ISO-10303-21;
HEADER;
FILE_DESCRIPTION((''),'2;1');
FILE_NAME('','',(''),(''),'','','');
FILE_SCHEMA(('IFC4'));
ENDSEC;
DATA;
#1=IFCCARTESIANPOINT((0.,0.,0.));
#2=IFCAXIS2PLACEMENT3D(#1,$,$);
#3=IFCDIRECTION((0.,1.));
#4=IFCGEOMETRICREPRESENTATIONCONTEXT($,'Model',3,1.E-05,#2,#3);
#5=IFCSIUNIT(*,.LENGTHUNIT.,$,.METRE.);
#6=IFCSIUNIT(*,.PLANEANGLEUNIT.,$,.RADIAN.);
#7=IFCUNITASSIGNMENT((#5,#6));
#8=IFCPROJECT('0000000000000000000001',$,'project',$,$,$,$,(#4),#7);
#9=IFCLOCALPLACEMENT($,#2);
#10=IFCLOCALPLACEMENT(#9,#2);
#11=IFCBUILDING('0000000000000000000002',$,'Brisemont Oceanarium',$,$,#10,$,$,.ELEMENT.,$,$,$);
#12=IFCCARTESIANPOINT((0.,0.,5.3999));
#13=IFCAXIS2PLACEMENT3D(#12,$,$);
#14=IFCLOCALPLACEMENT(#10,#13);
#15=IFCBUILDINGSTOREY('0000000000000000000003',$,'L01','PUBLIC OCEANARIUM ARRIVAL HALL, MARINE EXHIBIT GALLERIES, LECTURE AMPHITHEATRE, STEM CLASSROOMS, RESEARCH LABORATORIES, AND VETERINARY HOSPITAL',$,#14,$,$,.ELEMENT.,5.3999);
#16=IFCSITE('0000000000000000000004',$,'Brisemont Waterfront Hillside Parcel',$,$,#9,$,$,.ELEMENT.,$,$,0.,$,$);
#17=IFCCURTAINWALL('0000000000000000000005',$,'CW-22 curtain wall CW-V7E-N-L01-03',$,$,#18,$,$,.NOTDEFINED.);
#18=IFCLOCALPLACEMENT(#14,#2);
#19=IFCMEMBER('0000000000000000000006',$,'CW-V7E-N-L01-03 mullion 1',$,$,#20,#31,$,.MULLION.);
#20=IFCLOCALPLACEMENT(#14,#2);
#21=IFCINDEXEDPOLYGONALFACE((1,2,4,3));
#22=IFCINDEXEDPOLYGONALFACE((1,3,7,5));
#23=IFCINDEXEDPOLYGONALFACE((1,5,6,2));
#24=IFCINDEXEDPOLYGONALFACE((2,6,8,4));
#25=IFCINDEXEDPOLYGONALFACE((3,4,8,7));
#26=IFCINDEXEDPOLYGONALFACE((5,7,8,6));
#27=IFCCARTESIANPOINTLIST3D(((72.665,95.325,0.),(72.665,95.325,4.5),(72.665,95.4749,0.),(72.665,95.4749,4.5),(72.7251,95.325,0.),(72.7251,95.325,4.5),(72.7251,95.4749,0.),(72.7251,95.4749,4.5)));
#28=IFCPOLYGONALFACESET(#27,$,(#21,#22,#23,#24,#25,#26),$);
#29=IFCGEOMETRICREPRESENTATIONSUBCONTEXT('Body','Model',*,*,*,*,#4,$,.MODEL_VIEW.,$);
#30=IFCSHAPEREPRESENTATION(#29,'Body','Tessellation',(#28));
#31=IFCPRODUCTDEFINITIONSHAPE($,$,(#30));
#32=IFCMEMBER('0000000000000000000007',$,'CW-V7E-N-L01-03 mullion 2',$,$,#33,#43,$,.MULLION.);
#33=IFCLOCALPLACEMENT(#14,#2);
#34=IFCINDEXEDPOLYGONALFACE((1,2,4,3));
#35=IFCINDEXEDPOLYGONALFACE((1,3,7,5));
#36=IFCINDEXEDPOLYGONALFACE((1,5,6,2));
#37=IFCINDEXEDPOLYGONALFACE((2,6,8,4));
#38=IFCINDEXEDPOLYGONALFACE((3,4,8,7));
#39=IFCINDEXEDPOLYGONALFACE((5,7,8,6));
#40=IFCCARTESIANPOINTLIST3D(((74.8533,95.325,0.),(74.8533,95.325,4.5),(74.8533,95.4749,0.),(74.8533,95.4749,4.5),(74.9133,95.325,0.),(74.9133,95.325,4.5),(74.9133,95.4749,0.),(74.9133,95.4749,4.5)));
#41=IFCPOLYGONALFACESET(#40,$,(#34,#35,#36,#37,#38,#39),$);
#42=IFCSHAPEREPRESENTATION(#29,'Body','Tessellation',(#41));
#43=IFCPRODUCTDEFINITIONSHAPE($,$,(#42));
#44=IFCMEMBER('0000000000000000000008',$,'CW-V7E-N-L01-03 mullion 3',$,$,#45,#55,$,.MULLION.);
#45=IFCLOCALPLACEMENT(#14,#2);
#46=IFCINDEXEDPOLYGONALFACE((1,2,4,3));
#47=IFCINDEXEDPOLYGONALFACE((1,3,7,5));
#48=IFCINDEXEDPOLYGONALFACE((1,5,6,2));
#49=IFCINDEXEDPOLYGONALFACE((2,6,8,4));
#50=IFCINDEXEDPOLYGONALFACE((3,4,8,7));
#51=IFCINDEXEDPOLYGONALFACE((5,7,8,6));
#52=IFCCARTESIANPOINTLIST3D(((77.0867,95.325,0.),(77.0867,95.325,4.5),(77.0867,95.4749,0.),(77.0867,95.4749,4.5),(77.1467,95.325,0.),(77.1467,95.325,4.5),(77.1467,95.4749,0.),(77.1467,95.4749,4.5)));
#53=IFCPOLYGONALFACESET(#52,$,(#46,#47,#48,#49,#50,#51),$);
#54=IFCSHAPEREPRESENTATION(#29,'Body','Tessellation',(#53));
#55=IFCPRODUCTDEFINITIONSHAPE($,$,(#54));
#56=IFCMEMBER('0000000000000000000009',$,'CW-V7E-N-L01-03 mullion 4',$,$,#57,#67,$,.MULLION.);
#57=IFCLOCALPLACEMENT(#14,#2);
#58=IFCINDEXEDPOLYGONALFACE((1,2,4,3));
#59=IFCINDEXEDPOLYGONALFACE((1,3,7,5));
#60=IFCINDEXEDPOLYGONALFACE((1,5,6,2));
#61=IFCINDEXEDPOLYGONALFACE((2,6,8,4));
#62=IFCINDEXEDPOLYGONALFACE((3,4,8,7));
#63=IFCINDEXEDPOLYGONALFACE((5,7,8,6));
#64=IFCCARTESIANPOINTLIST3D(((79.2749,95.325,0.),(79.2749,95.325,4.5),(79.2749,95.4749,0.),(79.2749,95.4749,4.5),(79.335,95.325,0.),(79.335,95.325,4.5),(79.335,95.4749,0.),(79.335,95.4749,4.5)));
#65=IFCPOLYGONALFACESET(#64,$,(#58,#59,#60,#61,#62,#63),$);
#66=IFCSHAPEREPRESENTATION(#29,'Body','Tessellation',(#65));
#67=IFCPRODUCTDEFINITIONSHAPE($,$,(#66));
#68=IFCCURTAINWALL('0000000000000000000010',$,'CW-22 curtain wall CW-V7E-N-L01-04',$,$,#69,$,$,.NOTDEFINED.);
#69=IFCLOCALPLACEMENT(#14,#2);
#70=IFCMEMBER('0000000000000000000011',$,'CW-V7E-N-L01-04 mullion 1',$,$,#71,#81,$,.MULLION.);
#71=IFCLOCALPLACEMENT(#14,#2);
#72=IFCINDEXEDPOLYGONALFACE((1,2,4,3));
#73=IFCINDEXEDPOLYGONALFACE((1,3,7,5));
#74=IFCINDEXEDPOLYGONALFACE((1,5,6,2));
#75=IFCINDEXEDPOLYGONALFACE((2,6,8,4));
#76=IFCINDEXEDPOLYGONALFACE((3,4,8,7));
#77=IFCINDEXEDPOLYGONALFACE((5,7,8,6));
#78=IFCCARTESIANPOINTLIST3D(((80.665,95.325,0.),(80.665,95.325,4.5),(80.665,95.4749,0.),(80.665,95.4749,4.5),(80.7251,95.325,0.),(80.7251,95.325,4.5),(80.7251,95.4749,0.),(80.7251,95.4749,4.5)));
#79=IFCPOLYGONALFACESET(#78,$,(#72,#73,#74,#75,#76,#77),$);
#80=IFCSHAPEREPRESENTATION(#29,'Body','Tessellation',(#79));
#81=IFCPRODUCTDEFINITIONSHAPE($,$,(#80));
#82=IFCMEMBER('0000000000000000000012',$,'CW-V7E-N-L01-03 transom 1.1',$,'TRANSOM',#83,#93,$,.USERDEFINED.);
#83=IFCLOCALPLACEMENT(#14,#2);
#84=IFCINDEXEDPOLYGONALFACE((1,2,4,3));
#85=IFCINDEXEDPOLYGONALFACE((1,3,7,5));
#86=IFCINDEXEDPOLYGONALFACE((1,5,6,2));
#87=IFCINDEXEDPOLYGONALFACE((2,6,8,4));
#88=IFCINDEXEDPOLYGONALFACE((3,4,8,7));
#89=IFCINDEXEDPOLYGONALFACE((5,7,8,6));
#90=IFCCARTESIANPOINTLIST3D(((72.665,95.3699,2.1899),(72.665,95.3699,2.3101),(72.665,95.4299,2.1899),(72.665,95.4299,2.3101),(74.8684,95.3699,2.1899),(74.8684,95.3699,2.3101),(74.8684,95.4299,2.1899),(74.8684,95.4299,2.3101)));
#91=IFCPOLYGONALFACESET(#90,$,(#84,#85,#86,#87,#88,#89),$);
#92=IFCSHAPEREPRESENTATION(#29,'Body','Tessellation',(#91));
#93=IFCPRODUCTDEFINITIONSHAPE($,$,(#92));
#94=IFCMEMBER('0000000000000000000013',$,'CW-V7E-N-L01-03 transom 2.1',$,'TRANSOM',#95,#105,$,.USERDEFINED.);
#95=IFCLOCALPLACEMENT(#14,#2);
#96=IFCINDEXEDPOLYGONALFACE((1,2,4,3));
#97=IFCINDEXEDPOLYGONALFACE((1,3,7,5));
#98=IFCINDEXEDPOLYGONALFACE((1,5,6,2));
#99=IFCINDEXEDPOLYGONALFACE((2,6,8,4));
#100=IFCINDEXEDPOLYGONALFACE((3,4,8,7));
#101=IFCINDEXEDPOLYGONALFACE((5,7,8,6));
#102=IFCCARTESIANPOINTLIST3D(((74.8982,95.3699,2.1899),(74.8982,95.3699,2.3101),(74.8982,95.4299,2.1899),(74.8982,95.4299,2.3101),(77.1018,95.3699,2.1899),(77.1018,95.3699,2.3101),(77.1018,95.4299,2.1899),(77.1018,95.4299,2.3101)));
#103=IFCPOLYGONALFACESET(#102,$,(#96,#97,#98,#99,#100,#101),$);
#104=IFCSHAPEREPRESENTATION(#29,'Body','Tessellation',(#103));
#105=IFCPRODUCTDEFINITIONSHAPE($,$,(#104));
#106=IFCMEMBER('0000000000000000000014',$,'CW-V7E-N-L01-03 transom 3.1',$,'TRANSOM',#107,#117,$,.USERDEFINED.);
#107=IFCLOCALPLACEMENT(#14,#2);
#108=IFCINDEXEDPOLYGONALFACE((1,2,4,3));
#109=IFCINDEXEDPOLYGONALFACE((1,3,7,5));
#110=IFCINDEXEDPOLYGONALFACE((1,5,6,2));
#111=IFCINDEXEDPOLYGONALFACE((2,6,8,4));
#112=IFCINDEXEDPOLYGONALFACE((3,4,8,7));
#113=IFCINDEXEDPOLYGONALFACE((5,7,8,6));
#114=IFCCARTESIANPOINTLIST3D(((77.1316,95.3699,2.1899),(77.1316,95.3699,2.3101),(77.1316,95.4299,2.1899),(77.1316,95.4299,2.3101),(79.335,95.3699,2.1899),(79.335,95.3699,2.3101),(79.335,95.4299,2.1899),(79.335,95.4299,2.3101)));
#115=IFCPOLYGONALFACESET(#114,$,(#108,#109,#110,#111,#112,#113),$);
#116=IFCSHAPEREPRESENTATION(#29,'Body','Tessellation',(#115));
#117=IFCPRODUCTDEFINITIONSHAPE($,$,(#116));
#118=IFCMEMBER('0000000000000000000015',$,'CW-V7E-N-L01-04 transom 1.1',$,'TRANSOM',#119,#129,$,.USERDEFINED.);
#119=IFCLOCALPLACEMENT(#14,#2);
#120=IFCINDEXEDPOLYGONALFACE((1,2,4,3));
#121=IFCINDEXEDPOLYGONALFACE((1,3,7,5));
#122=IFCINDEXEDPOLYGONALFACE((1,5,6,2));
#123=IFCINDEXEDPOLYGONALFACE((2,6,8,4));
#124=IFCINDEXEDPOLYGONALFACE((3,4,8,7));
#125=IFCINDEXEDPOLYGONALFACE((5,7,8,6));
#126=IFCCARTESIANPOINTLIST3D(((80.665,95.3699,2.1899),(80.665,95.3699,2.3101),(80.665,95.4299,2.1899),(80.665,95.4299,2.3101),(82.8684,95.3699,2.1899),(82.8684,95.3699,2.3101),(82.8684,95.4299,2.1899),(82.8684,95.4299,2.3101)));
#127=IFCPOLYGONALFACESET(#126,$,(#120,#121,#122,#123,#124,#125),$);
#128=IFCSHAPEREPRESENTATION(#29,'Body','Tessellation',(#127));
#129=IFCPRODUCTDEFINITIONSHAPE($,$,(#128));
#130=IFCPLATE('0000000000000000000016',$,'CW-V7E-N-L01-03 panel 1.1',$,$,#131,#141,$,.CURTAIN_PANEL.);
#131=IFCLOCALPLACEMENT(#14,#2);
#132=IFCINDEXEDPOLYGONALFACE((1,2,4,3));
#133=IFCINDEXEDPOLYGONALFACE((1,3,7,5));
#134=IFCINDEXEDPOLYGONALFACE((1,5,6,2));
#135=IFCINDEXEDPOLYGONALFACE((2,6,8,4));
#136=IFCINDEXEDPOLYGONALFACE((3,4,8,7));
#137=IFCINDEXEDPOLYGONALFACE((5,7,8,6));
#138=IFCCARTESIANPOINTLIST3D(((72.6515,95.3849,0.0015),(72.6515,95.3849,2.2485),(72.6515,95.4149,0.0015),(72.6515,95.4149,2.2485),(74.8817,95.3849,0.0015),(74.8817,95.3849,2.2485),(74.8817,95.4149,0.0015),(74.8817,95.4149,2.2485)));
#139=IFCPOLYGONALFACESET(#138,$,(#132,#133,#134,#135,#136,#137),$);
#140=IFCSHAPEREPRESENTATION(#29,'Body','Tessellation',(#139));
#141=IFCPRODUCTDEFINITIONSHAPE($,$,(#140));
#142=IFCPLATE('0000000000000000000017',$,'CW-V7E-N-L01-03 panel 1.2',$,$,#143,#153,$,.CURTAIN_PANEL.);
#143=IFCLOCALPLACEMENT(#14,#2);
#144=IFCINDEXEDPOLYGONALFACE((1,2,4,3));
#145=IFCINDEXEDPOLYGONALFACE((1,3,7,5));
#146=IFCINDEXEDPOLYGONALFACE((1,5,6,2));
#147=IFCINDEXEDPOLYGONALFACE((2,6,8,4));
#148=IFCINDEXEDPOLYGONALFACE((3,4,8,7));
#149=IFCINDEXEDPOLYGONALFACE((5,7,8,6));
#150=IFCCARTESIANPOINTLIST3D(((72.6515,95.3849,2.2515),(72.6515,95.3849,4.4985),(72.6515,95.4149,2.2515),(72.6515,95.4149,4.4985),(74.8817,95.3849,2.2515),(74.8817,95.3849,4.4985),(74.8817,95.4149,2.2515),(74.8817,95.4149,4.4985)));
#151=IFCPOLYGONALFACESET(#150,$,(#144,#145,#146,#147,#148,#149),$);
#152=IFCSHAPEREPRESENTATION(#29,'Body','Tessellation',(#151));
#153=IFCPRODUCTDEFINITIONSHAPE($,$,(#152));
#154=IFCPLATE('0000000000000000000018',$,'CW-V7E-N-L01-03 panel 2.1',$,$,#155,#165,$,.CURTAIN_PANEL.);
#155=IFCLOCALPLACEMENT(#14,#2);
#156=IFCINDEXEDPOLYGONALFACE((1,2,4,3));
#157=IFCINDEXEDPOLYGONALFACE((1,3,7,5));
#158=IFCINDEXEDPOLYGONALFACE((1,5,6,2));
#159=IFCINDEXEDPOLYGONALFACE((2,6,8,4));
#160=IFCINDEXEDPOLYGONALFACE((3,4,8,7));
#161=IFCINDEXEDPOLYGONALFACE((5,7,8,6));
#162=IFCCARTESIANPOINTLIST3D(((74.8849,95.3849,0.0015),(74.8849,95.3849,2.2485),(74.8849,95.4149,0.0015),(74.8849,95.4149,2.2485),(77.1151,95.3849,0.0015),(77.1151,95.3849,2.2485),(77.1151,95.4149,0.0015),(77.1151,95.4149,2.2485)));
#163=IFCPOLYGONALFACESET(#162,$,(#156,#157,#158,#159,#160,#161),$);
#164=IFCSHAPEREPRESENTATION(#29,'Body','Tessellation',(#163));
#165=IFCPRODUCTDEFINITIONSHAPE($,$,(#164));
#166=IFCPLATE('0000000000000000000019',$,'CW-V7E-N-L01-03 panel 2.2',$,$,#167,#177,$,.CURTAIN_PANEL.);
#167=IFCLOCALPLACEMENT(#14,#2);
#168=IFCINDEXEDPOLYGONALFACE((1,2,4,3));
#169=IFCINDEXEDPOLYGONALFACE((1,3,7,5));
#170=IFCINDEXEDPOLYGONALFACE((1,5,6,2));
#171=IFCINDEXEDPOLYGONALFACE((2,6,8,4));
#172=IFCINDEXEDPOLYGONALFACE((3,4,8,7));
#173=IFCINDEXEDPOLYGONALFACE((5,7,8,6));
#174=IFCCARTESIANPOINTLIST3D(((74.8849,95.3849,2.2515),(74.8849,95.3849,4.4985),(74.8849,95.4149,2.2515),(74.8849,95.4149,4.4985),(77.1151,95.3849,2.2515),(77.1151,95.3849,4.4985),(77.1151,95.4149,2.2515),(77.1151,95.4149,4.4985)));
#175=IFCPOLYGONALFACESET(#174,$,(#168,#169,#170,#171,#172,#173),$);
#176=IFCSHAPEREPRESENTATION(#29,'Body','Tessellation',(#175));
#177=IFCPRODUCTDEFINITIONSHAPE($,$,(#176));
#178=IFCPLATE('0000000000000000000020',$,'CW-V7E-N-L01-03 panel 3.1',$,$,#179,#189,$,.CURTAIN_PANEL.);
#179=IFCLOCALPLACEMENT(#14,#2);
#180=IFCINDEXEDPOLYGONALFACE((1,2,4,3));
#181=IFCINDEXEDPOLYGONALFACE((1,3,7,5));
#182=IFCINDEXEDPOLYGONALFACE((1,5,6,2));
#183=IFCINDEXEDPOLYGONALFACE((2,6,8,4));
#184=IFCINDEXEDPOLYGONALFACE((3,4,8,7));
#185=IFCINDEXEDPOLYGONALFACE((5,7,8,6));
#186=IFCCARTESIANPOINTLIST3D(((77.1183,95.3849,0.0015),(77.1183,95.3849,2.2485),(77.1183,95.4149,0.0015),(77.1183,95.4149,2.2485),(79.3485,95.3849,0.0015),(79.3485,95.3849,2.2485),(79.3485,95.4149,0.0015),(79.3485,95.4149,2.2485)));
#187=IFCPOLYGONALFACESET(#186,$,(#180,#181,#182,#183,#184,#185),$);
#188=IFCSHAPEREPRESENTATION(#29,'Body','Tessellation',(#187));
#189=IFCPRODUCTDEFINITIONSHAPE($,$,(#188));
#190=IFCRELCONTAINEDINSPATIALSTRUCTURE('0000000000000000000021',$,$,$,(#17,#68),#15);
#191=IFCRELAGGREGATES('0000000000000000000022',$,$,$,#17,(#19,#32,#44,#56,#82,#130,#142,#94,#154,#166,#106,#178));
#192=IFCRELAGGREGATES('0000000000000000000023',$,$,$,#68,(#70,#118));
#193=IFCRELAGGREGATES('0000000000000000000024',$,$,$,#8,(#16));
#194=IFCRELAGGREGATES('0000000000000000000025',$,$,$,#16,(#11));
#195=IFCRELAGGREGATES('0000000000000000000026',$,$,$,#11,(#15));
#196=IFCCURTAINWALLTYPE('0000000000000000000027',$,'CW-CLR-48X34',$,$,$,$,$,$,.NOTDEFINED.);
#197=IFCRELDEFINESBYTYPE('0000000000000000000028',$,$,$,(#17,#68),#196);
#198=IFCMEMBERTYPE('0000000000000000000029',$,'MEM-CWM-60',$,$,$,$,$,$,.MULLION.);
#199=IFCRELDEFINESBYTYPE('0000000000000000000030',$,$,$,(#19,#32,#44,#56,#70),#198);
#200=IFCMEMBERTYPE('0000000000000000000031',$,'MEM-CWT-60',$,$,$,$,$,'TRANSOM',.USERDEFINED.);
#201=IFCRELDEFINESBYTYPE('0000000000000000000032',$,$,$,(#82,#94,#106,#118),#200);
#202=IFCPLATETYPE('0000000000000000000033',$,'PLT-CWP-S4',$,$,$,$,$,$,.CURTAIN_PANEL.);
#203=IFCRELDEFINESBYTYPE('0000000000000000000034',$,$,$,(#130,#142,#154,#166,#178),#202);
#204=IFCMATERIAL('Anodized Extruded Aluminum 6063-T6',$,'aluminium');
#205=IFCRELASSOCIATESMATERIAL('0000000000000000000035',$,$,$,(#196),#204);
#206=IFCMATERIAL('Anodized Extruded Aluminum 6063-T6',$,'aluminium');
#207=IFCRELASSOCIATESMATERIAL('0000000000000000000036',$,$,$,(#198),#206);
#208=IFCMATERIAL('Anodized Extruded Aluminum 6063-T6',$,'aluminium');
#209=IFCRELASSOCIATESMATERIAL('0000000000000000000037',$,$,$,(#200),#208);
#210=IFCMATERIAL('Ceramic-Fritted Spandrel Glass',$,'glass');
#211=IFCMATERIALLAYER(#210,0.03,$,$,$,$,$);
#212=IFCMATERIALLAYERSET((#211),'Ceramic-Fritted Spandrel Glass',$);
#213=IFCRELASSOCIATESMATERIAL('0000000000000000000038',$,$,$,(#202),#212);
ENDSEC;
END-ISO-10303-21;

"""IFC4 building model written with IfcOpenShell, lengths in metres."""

from ifc_helpers import new_model, si_unit, direction, frame, origin, origin_2d, place, context, subcontext, project, spatial, rectangle, extrude, material, layer, layer_set, material_profile, profile_set, type_object, element, aggregate, save


model = new_model("IFC4")

# Units and contexts
model_context = context("Model", 3, precision=1e-05, world=origin(), true_north=direction((0.0, 1.0)))
body_context = subcontext(model_context, "Body", "Model", "MODEL_VIEW")
ifc_project = project(units=[si_unit("LENGTHUNIT", "METRE"), si_unit("PLANEANGLEUNIT", "RADIAN")], contexts=[model_context])

# Site, building, storey
site_placement = place(None, origin())
site = spatial("IfcSite", under=ifc_project, at=site_placement, Name="Brisemont Waterfront Hillside Parcel", CompositionType="ELEMENT", RefElevation=0.0)
building_placement = place(site_placement, origin())
building = spatial("IfcBuilding", under=site, at=building_placement, Name="Brisemont Oceanarium", CompositionType="ELEMENT")
storey_placement = place(building_placement, frame((0.0, 0.0, 5.3999)))
storey = spatial("IfcBuildingStorey", under=building, at=storey_placement, Name="L01", Description="PUBLIC OCEANARIUM ARRIVAL HALL, MARINE EXHIBIT GALLERIES, LECTURE AMPHITHEATRE, STEM CLASSROOMS, RESEARCH LABORATORIES, AND VETERINARY HOSPITAL", CompositionType="ELEMENT", Elevation=5.3999)

# Curtain wall, members
ifc_material_1 = material(Name="Anodized Extruded Aluminum 6063-T6", Category="aluminium")
curtain_wall_type = type_object("IfcCurtainWallType", Name="CW-CLR-48X34", PredefinedType="NOTDEFINED", material=ifc_material_1)
curtain_wall_1_placement = place(storey_placement, origin())
curtain_wall_1 = element("IfcCurtainWall", 1, at=curtain_wall_1_placement, inside=storey, type_object=curtain_wall_type, Name="CW-22 curtain wall CW-V7E-N-L01-03", PredefinedType="NOTDEFINED")
ifc_material_2 = material(Name="Anodized Extruded Aluminum 6063-T6", Category="aluminium")
ifc_material_profile_1 = material_profile(ifc_material_2, rectangle(XDim=0.0601, YDim=0.1499, at=origin_2d()), Name="CWM-60X150")
ifc_profile_set_1 = profile_set([ifc_material_profile_1], Name="Anodized Extruded Aluminum 6063-T6")
member_type_1 = type_object("IfcMemberType", Name="MEM-CWM-60", PredefinedType="MULLION", material=ifc_profile_set_1)
member_1_placement = place(storey_placement, frame((72.6951, 95.3999, 0.0), z_axis=(0.0, 0.0, 1.0), x_axis=(1.0, 0.0, 0.0)))
member_1 = element("IfcMember", 2, at=member_1_placement, type_object=member_type_1, Name="CW-V7E-N-L01-03 mullion 1", PredefinedType="MULLION", context=body_context, shape_type="SweptSolid", body=[
    extrude(rectangle(XDim=0.0601, YDim=0.1499, at=origin_2d()), origin(), (0.0, 0.0, 1.0), 4.5),
])
member_2_placement = place(storey_placement, frame((74.8833, 95.3999, 0.0), z_axis=(0.0, 0.0, 1.0), x_axis=(1.0, 0.0, 0.0)))
member_2 = element("IfcMember", 3, at=member_2_placement, type_object=member_type_1, Name="CW-V7E-N-L01-03 mullion 2", PredefinedType="MULLION", context=body_context, shape_type="SweptSolid", body=[
    extrude(rectangle(XDim=0.0601, YDim=0.1499, at=origin_2d()), origin(), (0.0, 0.0, 1.0), 4.5),
])
member_3_placement = place(storey_placement, frame((77.1167, 95.3999, 0.0), z_axis=(0.0, 0.0, 1.0), x_axis=(1.0, 0.0, 0.0)))
member_3 = element("IfcMember", 4, at=member_3_placement, type_object=member_type_1, Name="CW-V7E-N-L01-03 mullion 3", PredefinedType="MULLION", context=body_context, shape_type="SweptSolid", body=[
    extrude(rectangle(XDim=0.0601, YDim=0.1499, at=origin_2d()), origin(), (0.0, 0.0, 1.0), 4.5),
])
member_4_placement = place(storey_placement, frame((79.3049, 95.3999, 0.0), z_axis=(0.0, 0.0, 1.0), x_axis=(1.0, 0.0, 0.0)))
member_4 = element("IfcMember", 5, at=member_4_placement, type_object=member_type_1, Name="CW-V7E-N-L01-03 mullion 4", PredefinedType="MULLION", context=body_context, shape_type="SweptSolid", body=[
    extrude(rectangle(XDim=0.0601, YDim=0.1499, at=origin_2d()), origin(), (0.0, 0.0, 1.0), 4.5),
])

# Curtain wall, member
curtain_wall_2_placement = place(storey_placement, origin())
curtain_wall_2 = element("IfcCurtainWall", 6, at=curtain_wall_2_placement, inside=storey, type_object=curtain_wall_type, Name="CW-22 curtain wall CW-V7E-N-L01-04", PredefinedType="NOTDEFINED")
member_5_placement = place(storey_placement, frame((80.6951, 95.3999, 0.0), z_axis=(0.0, 0.0, 1.0), x_axis=(1.0, 0.0, 0.0)))
member_5 = element("IfcMember", 7, at=member_5_placement, type_object=member_type_1, Name="CW-V7E-N-L01-04 mullion 1", PredefinedType="MULLION", context=body_context, shape_type="SweptSolid", body=[
    extrude(rectangle(XDim=0.0601, YDim=0.1499, at=origin_2d()), origin(), (0.0, 0.0, 1.0), 4.5),
])

# Members
ifc_material_3 = material(Name="Anodized Extruded Aluminum 6063-T6", Category="aluminium")
ifc_material_profile_2 = material_profile(ifc_material_3, rectangle(XDim=0.0601, YDim=0.1201, at=origin_2d()), Name="CWT-60X120")
ifc_profile_set_2 = profile_set([ifc_material_profile_2], Name="Anodized Extruded Aluminum 6063-T6")
member_type_2 = type_object("IfcMemberType", Name="MEM-CWT-60", ElementType="TRANSOM", PredefinedType="USERDEFINED", material=ifc_profile_set_2)
member_6_placement = place(storey_placement, frame((72.665, 95.3999, 2.25), z_axis=(1.0, 0.0, 0.0), x_axis=(0.0, 1.0, 0.0)))
member_6 = element("IfcMember", 8, at=member_6_placement, type_object=member_type_2, Name="CW-V7E-N-L01-03 transom 1.1", ObjectType="TRANSOM", PredefinedType="USERDEFINED", context=body_context, shape_type="SweptSolid", body=[
    extrude(rectangle(XDim=0.0601, YDim=0.1201, at=origin_2d()), origin(), (0.0, 0.0, 1.0), 2.2034),
])
member_7_placement = place(storey_placement, frame((74.8982, 95.3999, 2.25), z_axis=(1.0, 0.0, 0.0), x_axis=(0.0, 1.0, 0.0)))
member_7 = element("IfcMember", 9, at=member_7_placement, type_object=member_type_2, Name="CW-V7E-N-L01-03 transom 2.1", ObjectType="TRANSOM", PredefinedType="USERDEFINED", context=body_context, shape_type="SweptSolid", body=[
    extrude(rectangle(XDim=0.0601, YDim=0.1201, at=origin_2d()), origin(), (0.0, 0.0, 1.0), 2.2036),
])
member_8_placement = place(storey_placement, frame((77.1316, 95.3999, 2.25), z_axis=(1.0, 0.0, 0.0), x_axis=(0.0, 1.0, 0.0)))
member_8 = element("IfcMember", 10, at=member_8_placement, type_object=member_type_2, Name="CW-V7E-N-L01-03 transom 3.1", ObjectType="TRANSOM", PredefinedType="USERDEFINED", context=body_context, shape_type="SweptSolid", body=[
    extrude(rectangle(XDim=0.0601, YDim=0.1201, at=origin_2d()), origin(), (0.0, 0.0, 1.0), 2.2034),
])
member_9_placement = place(storey_placement, frame((80.665, 95.3999, 2.25), z_axis=(1.0, 0.0, 0.0), x_axis=(0.0, 1.0, 0.0)))
member_9 = element("IfcMember", 11, at=member_9_placement, type_object=member_type_2, Name="CW-V7E-N-L01-04 transom 1.1", ObjectType="TRANSOM", PredefinedType="USERDEFINED", context=body_context, shape_type="SweptSolid", body=[
    extrude(rectangle(XDim=0.0601, YDim=0.1201, at=origin_2d()), origin(), (0.0, 0.0, 1.0), 2.2034),
])

# Plates
ifc_material_4 = material(Name="Ceramic-Fritted Spandrel Glass", Category="glass")
ifc_layer_1 = layer(ifc_material_4, 0.03)
ifc_layer_set_1 = layer_set([ifc_layer_1], Name="Ceramic-Fritted Spandrel Glass")
plate_type = type_object("IfcPlateType", Name="PLT-CWP-S4", PredefinedType="CURTAIN_PANEL", material=ifc_layer_set_1)
plate_1_placement = place(storey_placement, frame((73.7666, 95.3999, 0.0015), z_axis=(0.0, 0.0, 1.0), x_axis=(1.0, 0.0, 0.0)))
plate_1 = element("IfcPlate", 12, at=plate_1_placement, type_object=plate_type, Name="CW-V7E-N-L01-03 panel 1.1", PredefinedType="CURTAIN_PANEL", context=body_context, shape_type="SweptSolid", body=[
    extrude(rectangle(XDim=2.2302, YDim=0.03, at=origin_2d()), origin(), (0.0, 0.0, 1.0), 2.2471),
])
plate_2_placement = place(storey_placement, frame((73.7666, 95.3999, 2.2515), z_axis=(0.0, 0.0, 1.0), x_axis=(1.0, 0.0, 0.0)))
plate_2 = element("IfcPlate", 13, at=plate_2_placement, type_object=plate_type, Name="CW-V7E-N-L01-03 panel 1.2", PredefinedType="CURTAIN_PANEL", context=body_context, shape_type="SweptSolid", body=[
    extrude(rectangle(XDim=2.2302, YDim=0.03, at=origin_2d()), origin(), (0.0, 0.0, 1.0), 2.2471),
])
plate_3_placement = place(storey_placement, frame((76.0, 95.3999, 0.0015), z_axis=(0.0, 0.0, 1.0), x_axis=(1.0, 0.0, 0.0)))
plate_3 = element("IfcPlate", 14, at=plate_3_placement, type_object=plate_type, Name="CW-V7E-N-L01-03 panel 2.1", PredefinedType="CURTAIN_PANEL", context=body_context, shape_type="SweptSolid", body=[
    extrude(rectangle(XDim=2.2302, YDim=0.03, at=origin_2d()), origin(), (0.0, 0.0, 1.0), 2.2471),
])
plate_4_placement = place(storey_placement, frame((76.0, 95.3999, 2.2515), z_axis=(0.0, 0.0, 1.0), x_axis=(1.0, 0.0, 0.0)))
plate_4 = element("IfcPlate", 15, at=plate_4_placement, type_object=plate_type, Name="CW-V7E-N-L01-03 panel 2.2", PredefinedType="CURTAIN_PANEL", context=body_context, shape_type="SweptSolid", body=[
    extrude(rectangle(XDim=2.2302, YDim=0.03, at=origin_2d()), origin(), (0.0, 0.0, 1.0), 2.2471),
])
plate_5_placement = place(storey_placement, frame((78.2334, 95.3999, 0.0015), z_axis=(0.0, 0.0, 1.0), x_axis=(1.0, 0.0, 0.0)))
plate_5 = element("IfcPlate", 16, at=plate_5_placement, type_object=plate_type, Name="CW-V7E-N-L01-03 panel 3.1", PredefinedType="CURTAIN_PANEL", context=body_context, shape_type="SweptSolid", body=[
    extrude(rectangle(XDim=2.2302, YDim=0.03, at=origin_2d()), origin(), (0.0, 0.0, 1.0), 2.2471),
])
aggregate(curtain_wall_1, [member_1, member_2, member_3, member_4, member_6, plate_1, plate_2, member_7, plate_3, plate_4, member_8, plate_5])
aggregate(curtain_wall_2, [member_5, member_9])

save(model, "model.ifc")
